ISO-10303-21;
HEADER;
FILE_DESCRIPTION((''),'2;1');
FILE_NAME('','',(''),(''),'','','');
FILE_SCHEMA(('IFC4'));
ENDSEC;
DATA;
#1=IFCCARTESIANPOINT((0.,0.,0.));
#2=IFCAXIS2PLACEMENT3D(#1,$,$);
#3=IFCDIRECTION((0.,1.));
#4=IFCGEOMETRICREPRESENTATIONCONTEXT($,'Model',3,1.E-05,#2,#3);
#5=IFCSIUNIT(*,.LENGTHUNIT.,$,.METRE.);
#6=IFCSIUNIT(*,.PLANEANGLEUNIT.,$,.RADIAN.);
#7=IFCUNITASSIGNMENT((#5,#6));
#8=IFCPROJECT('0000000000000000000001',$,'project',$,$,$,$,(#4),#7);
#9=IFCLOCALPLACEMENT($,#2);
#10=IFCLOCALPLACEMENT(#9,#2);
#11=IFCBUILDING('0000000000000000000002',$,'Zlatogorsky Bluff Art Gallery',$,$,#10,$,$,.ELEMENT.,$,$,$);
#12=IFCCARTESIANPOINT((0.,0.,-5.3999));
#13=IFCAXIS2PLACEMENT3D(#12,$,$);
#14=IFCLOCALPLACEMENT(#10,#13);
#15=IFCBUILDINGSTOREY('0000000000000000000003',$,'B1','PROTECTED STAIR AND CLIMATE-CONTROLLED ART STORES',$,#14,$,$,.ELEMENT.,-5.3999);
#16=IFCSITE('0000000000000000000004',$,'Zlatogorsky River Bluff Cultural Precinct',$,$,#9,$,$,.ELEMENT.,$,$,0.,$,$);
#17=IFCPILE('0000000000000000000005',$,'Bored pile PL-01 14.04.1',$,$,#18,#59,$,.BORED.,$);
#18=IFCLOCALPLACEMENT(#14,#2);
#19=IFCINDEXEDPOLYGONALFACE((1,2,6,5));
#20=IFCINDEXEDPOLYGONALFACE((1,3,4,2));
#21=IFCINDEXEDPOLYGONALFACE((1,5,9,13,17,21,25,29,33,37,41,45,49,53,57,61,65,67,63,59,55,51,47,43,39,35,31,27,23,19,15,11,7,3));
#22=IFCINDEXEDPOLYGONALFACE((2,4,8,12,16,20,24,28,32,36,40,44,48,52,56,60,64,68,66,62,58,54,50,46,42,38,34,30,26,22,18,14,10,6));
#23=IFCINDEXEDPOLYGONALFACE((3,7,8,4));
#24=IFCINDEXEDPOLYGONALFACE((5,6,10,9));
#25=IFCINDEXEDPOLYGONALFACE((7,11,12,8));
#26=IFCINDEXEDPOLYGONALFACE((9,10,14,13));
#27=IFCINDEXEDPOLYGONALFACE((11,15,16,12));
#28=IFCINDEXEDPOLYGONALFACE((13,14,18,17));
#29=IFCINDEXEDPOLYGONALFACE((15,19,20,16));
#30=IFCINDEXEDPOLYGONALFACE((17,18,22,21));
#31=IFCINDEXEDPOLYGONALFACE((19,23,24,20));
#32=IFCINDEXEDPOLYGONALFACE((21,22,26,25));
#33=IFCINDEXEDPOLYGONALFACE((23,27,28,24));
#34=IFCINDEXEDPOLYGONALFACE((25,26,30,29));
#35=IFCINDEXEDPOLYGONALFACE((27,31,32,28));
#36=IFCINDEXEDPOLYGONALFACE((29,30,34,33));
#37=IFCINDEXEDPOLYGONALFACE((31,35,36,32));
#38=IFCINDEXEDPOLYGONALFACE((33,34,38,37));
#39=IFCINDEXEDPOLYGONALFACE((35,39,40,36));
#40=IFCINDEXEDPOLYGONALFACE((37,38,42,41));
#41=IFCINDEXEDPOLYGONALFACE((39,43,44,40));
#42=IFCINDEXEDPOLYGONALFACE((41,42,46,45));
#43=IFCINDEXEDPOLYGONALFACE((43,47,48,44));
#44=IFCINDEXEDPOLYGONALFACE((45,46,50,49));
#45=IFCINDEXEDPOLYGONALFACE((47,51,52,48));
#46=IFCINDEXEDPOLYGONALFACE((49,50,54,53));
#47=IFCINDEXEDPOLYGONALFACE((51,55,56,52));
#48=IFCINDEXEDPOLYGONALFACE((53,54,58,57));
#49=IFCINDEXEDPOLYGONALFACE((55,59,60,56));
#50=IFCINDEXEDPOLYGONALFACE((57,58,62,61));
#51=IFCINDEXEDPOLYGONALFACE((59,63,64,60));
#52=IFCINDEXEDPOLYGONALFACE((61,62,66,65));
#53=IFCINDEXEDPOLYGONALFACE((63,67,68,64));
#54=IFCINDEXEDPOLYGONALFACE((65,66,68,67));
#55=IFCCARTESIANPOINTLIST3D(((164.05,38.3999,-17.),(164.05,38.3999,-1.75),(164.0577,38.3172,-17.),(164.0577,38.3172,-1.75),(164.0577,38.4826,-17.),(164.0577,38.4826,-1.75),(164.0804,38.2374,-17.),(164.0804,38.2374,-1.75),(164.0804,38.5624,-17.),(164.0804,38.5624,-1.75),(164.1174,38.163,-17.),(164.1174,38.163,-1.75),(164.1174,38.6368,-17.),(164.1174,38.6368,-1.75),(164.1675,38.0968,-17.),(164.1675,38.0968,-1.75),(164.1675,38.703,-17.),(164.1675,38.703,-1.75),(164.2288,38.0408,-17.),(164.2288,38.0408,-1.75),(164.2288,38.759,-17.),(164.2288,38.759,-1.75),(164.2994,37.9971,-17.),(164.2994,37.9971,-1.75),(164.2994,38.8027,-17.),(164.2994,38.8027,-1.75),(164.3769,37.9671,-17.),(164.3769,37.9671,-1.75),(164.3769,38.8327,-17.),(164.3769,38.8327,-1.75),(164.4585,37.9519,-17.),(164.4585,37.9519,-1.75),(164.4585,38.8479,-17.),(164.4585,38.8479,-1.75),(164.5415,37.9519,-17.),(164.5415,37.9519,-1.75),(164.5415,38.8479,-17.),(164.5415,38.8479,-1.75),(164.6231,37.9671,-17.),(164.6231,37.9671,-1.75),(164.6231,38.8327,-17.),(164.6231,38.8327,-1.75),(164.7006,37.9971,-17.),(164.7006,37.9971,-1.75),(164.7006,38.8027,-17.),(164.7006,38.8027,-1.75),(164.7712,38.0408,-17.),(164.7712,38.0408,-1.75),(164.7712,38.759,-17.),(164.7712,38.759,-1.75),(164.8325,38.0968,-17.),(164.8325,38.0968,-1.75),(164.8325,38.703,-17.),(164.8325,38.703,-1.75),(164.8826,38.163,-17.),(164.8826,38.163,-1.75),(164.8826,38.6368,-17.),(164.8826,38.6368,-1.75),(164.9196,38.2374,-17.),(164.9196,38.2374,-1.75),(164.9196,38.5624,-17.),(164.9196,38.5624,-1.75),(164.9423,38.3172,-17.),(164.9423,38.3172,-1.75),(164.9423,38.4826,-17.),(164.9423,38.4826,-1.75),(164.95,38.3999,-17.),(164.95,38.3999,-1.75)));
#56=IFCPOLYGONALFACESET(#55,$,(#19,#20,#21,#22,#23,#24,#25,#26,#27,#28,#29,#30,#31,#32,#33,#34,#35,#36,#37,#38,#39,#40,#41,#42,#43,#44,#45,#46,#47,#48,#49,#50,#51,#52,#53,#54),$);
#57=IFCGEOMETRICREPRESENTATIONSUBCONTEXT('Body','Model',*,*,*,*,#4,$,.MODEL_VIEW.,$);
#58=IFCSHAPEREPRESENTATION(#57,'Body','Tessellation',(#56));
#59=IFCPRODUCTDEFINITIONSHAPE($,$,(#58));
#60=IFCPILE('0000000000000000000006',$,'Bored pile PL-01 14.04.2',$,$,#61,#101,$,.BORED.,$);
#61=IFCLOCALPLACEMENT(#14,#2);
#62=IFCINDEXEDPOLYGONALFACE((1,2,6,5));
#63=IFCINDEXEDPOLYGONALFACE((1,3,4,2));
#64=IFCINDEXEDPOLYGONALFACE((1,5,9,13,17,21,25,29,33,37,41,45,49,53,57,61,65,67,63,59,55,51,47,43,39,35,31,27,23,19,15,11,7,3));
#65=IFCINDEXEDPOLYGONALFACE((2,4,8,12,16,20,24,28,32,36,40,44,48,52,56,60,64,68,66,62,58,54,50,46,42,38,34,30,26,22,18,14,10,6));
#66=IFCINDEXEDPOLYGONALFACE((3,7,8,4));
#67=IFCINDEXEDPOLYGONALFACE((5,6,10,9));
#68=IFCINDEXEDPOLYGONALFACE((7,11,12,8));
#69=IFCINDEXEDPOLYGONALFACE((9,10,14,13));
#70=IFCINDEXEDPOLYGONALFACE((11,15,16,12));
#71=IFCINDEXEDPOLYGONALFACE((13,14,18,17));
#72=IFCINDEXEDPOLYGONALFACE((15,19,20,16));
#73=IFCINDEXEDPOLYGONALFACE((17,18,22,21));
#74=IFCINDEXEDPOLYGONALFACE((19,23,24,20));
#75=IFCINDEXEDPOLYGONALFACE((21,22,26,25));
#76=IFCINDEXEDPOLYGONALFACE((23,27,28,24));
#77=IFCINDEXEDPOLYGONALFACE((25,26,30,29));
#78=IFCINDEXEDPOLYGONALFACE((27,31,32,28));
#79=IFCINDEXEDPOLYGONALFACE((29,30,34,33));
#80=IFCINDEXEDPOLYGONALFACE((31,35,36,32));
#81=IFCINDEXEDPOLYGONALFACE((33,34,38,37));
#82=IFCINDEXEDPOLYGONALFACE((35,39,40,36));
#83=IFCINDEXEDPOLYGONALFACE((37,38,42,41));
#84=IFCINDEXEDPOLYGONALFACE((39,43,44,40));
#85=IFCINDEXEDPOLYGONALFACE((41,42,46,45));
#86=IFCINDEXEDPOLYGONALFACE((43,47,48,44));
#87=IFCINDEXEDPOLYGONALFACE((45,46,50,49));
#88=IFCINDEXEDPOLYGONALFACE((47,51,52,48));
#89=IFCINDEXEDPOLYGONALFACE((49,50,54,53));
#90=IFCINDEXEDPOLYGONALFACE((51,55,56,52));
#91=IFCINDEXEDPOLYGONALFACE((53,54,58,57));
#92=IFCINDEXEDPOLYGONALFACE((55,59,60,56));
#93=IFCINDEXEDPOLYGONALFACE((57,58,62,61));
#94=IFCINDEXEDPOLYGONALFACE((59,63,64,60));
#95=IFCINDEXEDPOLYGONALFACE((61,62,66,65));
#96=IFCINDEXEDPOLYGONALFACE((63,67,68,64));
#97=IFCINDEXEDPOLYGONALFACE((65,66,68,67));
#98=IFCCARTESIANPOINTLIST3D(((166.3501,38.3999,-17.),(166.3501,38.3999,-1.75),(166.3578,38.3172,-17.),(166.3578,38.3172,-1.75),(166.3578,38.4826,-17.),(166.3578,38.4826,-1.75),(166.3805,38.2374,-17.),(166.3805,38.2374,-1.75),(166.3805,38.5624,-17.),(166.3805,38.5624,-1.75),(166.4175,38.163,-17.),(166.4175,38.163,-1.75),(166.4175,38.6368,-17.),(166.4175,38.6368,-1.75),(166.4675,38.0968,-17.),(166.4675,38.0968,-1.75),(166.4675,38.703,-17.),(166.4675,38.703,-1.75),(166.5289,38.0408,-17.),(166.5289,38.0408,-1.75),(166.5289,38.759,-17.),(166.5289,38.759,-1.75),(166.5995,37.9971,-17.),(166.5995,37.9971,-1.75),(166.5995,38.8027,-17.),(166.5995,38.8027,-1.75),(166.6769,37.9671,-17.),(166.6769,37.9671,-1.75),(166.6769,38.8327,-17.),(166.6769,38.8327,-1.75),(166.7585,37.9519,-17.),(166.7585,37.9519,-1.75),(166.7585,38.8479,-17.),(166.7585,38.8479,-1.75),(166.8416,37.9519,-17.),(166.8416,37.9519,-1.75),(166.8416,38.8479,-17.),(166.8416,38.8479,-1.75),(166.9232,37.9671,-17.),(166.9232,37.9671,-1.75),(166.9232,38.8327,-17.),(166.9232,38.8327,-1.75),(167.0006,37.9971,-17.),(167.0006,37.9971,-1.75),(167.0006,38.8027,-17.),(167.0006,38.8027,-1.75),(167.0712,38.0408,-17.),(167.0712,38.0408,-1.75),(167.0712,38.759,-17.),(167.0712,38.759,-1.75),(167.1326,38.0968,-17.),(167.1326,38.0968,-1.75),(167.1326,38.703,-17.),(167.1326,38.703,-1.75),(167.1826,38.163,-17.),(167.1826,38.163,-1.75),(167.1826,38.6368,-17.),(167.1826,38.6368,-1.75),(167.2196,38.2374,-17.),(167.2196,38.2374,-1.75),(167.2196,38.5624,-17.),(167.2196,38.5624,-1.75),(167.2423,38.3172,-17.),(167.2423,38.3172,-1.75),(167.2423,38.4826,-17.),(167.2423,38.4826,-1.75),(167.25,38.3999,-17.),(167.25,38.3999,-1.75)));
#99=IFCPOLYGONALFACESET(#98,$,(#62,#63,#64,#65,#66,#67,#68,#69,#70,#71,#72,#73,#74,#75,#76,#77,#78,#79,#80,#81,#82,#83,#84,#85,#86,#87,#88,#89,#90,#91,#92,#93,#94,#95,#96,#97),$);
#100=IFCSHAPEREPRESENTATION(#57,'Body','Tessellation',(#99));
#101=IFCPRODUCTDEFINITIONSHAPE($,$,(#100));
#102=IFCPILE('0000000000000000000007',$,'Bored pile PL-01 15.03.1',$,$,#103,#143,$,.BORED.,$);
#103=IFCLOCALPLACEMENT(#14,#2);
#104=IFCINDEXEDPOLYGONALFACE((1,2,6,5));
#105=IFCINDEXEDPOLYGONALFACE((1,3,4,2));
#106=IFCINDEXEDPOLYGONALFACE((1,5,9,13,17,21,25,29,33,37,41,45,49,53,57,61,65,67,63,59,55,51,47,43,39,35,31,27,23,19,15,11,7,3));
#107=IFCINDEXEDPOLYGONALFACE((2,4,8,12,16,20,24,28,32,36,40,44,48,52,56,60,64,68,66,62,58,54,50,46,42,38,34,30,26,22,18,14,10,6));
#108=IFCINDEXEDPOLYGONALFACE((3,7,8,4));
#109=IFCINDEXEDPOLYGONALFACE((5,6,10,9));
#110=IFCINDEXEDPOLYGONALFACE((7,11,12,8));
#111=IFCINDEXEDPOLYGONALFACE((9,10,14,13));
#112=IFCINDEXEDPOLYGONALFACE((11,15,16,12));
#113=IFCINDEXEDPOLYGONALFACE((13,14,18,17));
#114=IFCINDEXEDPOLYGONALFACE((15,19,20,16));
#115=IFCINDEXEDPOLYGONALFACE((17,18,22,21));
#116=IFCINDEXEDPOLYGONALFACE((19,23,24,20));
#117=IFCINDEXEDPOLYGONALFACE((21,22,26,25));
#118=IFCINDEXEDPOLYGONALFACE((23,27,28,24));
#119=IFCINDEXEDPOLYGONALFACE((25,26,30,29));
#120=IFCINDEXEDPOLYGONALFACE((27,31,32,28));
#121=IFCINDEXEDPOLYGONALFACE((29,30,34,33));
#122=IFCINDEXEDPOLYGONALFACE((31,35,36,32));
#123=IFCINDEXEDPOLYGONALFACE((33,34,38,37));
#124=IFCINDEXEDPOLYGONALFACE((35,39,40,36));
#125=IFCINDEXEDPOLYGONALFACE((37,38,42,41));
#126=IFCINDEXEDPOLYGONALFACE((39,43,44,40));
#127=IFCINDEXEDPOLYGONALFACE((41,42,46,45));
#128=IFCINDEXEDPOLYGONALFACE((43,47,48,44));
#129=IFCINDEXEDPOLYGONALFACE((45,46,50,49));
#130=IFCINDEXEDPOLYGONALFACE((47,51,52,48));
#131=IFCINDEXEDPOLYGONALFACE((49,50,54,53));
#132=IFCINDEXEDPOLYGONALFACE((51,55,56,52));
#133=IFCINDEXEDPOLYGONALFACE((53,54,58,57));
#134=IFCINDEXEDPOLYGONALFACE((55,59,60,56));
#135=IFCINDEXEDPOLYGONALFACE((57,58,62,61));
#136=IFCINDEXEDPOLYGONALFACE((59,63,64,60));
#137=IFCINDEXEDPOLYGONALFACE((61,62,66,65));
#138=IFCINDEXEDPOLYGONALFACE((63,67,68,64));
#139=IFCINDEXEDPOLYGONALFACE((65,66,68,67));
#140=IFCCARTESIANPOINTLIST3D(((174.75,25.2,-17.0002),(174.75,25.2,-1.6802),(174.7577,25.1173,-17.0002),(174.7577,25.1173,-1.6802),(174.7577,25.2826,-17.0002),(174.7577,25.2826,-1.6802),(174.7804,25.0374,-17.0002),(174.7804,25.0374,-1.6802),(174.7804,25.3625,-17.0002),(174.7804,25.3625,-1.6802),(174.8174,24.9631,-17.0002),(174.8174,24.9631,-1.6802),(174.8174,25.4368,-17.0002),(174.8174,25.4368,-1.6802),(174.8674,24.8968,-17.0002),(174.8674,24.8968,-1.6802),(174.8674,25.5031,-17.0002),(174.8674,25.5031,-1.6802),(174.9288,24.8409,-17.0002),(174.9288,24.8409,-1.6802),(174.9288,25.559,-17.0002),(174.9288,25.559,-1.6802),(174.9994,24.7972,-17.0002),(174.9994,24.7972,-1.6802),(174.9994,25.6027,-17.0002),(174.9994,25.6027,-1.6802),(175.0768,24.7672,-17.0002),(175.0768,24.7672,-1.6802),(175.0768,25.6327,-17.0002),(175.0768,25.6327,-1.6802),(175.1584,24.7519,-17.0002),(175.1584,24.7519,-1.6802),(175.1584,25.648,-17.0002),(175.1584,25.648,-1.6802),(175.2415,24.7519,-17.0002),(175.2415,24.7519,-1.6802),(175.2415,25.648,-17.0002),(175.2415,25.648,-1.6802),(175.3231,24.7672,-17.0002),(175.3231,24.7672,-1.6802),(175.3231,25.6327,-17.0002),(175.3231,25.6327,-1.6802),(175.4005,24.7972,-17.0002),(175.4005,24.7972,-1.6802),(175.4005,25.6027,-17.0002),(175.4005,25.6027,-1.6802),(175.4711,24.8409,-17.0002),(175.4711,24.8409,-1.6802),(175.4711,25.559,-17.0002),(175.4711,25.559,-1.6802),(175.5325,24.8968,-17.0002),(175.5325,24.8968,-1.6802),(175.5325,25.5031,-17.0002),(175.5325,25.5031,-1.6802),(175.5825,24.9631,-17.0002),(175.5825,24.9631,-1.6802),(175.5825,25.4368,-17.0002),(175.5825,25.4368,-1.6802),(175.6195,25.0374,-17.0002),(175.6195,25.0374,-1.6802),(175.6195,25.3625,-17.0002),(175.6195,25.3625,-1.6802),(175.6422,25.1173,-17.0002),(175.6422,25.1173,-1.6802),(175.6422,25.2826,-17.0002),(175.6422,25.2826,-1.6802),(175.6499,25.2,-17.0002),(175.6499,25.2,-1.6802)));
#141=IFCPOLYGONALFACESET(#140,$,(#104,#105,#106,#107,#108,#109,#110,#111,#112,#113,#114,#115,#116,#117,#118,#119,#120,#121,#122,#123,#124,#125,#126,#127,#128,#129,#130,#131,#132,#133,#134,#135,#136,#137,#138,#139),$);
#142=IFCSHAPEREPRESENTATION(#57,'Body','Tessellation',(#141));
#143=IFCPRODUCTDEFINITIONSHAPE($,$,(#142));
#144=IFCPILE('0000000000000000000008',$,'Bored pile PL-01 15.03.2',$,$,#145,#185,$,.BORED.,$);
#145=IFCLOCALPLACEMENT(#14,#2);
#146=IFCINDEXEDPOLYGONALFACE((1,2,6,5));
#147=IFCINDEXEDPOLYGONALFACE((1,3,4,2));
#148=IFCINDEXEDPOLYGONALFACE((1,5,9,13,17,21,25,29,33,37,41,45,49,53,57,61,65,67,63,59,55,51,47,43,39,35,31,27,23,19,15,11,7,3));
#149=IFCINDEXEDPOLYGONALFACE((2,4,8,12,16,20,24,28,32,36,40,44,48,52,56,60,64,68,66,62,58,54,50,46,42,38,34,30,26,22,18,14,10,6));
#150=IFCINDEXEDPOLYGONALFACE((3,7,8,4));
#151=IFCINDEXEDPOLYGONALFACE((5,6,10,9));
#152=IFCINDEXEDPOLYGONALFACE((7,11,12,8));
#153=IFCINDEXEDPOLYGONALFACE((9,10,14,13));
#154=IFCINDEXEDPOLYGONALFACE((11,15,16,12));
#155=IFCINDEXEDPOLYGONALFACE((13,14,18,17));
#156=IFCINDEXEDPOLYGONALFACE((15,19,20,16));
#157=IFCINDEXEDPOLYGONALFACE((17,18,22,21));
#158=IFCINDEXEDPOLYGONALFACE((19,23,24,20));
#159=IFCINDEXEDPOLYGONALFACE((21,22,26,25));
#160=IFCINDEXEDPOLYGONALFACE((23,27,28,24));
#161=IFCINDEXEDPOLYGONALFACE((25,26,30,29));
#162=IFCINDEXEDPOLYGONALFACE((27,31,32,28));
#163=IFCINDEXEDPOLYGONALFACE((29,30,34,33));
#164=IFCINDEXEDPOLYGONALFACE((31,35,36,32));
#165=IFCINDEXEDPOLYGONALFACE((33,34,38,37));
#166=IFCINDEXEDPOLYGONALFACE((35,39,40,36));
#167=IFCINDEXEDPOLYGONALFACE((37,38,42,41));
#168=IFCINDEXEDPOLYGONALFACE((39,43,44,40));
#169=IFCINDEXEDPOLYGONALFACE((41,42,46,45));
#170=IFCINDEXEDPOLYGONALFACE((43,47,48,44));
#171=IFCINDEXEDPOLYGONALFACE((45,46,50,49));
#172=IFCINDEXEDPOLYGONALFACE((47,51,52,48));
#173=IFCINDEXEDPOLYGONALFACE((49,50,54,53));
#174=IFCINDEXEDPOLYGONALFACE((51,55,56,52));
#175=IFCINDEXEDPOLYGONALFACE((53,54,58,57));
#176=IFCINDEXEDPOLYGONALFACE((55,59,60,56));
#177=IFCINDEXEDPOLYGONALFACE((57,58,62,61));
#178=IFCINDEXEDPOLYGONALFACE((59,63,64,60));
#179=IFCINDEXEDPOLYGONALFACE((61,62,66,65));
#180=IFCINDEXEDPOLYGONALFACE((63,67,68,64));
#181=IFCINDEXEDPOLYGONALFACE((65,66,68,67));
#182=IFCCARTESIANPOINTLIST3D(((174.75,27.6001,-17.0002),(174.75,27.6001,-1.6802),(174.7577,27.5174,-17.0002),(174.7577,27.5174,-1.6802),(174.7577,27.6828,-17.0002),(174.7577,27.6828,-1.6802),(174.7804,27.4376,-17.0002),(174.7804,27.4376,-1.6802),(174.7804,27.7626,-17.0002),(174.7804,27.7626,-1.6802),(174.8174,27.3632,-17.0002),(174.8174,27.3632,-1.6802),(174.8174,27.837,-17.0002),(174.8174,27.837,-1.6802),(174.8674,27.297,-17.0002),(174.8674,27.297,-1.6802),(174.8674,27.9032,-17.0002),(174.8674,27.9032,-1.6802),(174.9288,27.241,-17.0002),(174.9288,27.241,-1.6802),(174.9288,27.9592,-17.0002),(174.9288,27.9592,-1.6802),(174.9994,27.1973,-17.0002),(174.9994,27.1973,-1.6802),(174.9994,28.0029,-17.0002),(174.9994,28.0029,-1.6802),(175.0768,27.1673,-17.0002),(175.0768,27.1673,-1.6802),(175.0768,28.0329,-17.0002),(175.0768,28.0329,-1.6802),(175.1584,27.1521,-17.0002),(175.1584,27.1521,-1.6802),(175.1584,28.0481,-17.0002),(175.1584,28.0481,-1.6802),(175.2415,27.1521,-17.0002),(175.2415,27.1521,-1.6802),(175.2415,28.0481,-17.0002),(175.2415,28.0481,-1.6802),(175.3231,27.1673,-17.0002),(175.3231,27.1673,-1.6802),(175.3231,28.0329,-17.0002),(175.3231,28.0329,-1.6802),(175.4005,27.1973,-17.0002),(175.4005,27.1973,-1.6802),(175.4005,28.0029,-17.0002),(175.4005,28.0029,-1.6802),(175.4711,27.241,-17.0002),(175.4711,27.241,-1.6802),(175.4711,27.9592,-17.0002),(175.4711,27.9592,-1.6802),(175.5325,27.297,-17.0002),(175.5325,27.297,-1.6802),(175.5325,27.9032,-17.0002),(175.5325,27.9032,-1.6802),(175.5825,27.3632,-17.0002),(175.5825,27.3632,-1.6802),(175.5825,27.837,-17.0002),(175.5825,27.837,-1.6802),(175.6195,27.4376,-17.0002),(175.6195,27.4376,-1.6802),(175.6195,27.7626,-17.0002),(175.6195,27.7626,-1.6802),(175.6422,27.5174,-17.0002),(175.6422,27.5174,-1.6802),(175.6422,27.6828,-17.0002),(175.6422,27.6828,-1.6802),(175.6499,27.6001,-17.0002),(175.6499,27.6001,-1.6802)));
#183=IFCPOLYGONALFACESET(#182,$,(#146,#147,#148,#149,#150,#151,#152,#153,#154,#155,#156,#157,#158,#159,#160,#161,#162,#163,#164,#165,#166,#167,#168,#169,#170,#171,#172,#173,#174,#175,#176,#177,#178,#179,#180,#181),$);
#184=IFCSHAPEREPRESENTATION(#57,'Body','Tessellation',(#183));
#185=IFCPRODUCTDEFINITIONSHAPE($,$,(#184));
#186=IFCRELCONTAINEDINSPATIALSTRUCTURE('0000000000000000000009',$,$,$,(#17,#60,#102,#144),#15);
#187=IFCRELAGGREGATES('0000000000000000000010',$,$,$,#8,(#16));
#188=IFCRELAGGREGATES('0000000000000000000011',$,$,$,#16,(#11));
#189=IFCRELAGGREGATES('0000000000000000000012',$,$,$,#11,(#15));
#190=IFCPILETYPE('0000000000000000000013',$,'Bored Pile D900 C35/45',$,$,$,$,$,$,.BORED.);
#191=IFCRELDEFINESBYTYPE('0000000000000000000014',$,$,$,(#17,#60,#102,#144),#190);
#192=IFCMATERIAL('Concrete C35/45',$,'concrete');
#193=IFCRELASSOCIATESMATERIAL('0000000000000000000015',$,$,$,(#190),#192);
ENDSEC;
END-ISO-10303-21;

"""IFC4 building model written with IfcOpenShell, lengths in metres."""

from ifc_helpers import new_model, si_unit, direction, frame, origin, origin_2d, place, context, subcontext, project, spatial, circle, extrude, material, material_profile, profile_set, type_object, element, save


model = new_model("IFC4")

# Units and contexts
model_context = context("Model", 3, precision=1e-05, world=origin(), true_north=direction((0.0, 1.0)))
body_context = subcontext(model_context, "Body", "Model", "MODEL_VIEW")
ifc_project = project(units=[si_unit("LENGTHUNIT", "METRE"), si_unit("PLANEANGLEUNIT", "RADIAN")], contexts=[model_context])

# Site, building, storey
site_placement = place(None, origin())
site = spatial("IfcSite", under=ifc_project, at=site_placement, Name="Zlatogorsky River Bluff Cultural Precinct", CompositionType="ELEMENT", RefElevation=0.0)
building_placement = place(site_placement, origin())
building = spatial("IfcBuilding", under=site, at=building_placement, Name="Zlatogorsky Bluff Art Gallery", CompositionType="ELEMENT")
storey_placement = place(building_placement, frame((0.0, 0.0, -5.3999)))
storey = spatial("IfcBuildingStorey", under=building, at=storey_placement, Name="B1", Description="PROTECTED STAIR AND CLIMATE-CONTROLLED ART STORES", CompositionType="ELEMENT", Elevation=-5.3999)

# Piles
ifc_material_1 = material(Name="Concrete C35/45", Category="concrete")
ifc_material_profile_1 = material_profile(ifc_material_1, circle(Radius=0.45, at=origin_2d()), Name="BORED PILE D900")
ifc_profile_set_1 = profile_set([ifc_material_profile_1], Name="Concrete C35/45")
pile_type = type_object("IfcPileType", Name="Bored Pile D900 C35/45", PredefinedType="BORED", material=ifc_profile_set_1)
for number, where, z_axis, x_axis, name in (
    (1, (164.5, 38.3999, -1.75), (0.0, 0.0, -1.0), (1.0, 0.0, 0.0), "Bored pile PL-01 14.04.1"),
    (2, (166.8, 38.3999, -1.75), (0.0, 0.0, -1.0), (1.0, 0.0, 0.0), "Bored pile PL-01 14.04.2"),
):
    element("IfcPile", number, at=place(storey_placement, frame(where, z_axis=z_axis, x_axis=x_axis)), inside=storey, type_object=pile_type, Name=name, PredefinedType="BORED", context=body_context, shape_type="SweptSolid", body=[
        extrude(circle(Radius=0.45, at=origin_2d()), origin(), (0.0, 0.0, 1.0), 15.25),
    ])
for number, where, z_axis, x_axis, name in (
    (3, (175.2, 25.2, -1.6802), (0.0, 0.0, -1.0), (1.0, 0.0, 0.0), "Bored pile PL-01 15.03.1"),
    (4, (175.2, 27.6001, -1.6802), (0.0, 0.0, -1.0), (1.0, 0.0, 0.0), "Bored pile PL-01 15.03.2"),
):
    element("IfcPile", number, at=place(storey_placement, frame(where, z_axis=z_axis, x_axis=x_axis)), inside=storey, type_object=pile_type, Name=name, PredefinedType="BORED", context=body_context, shape_type="SweptSolid", body=[
        extrude(circle(Radius=0.45, at=origin_2d()), origin(), (0.0, 0.0, 1.0), 15.3201),
    ])

save(model, "model.ifc")
